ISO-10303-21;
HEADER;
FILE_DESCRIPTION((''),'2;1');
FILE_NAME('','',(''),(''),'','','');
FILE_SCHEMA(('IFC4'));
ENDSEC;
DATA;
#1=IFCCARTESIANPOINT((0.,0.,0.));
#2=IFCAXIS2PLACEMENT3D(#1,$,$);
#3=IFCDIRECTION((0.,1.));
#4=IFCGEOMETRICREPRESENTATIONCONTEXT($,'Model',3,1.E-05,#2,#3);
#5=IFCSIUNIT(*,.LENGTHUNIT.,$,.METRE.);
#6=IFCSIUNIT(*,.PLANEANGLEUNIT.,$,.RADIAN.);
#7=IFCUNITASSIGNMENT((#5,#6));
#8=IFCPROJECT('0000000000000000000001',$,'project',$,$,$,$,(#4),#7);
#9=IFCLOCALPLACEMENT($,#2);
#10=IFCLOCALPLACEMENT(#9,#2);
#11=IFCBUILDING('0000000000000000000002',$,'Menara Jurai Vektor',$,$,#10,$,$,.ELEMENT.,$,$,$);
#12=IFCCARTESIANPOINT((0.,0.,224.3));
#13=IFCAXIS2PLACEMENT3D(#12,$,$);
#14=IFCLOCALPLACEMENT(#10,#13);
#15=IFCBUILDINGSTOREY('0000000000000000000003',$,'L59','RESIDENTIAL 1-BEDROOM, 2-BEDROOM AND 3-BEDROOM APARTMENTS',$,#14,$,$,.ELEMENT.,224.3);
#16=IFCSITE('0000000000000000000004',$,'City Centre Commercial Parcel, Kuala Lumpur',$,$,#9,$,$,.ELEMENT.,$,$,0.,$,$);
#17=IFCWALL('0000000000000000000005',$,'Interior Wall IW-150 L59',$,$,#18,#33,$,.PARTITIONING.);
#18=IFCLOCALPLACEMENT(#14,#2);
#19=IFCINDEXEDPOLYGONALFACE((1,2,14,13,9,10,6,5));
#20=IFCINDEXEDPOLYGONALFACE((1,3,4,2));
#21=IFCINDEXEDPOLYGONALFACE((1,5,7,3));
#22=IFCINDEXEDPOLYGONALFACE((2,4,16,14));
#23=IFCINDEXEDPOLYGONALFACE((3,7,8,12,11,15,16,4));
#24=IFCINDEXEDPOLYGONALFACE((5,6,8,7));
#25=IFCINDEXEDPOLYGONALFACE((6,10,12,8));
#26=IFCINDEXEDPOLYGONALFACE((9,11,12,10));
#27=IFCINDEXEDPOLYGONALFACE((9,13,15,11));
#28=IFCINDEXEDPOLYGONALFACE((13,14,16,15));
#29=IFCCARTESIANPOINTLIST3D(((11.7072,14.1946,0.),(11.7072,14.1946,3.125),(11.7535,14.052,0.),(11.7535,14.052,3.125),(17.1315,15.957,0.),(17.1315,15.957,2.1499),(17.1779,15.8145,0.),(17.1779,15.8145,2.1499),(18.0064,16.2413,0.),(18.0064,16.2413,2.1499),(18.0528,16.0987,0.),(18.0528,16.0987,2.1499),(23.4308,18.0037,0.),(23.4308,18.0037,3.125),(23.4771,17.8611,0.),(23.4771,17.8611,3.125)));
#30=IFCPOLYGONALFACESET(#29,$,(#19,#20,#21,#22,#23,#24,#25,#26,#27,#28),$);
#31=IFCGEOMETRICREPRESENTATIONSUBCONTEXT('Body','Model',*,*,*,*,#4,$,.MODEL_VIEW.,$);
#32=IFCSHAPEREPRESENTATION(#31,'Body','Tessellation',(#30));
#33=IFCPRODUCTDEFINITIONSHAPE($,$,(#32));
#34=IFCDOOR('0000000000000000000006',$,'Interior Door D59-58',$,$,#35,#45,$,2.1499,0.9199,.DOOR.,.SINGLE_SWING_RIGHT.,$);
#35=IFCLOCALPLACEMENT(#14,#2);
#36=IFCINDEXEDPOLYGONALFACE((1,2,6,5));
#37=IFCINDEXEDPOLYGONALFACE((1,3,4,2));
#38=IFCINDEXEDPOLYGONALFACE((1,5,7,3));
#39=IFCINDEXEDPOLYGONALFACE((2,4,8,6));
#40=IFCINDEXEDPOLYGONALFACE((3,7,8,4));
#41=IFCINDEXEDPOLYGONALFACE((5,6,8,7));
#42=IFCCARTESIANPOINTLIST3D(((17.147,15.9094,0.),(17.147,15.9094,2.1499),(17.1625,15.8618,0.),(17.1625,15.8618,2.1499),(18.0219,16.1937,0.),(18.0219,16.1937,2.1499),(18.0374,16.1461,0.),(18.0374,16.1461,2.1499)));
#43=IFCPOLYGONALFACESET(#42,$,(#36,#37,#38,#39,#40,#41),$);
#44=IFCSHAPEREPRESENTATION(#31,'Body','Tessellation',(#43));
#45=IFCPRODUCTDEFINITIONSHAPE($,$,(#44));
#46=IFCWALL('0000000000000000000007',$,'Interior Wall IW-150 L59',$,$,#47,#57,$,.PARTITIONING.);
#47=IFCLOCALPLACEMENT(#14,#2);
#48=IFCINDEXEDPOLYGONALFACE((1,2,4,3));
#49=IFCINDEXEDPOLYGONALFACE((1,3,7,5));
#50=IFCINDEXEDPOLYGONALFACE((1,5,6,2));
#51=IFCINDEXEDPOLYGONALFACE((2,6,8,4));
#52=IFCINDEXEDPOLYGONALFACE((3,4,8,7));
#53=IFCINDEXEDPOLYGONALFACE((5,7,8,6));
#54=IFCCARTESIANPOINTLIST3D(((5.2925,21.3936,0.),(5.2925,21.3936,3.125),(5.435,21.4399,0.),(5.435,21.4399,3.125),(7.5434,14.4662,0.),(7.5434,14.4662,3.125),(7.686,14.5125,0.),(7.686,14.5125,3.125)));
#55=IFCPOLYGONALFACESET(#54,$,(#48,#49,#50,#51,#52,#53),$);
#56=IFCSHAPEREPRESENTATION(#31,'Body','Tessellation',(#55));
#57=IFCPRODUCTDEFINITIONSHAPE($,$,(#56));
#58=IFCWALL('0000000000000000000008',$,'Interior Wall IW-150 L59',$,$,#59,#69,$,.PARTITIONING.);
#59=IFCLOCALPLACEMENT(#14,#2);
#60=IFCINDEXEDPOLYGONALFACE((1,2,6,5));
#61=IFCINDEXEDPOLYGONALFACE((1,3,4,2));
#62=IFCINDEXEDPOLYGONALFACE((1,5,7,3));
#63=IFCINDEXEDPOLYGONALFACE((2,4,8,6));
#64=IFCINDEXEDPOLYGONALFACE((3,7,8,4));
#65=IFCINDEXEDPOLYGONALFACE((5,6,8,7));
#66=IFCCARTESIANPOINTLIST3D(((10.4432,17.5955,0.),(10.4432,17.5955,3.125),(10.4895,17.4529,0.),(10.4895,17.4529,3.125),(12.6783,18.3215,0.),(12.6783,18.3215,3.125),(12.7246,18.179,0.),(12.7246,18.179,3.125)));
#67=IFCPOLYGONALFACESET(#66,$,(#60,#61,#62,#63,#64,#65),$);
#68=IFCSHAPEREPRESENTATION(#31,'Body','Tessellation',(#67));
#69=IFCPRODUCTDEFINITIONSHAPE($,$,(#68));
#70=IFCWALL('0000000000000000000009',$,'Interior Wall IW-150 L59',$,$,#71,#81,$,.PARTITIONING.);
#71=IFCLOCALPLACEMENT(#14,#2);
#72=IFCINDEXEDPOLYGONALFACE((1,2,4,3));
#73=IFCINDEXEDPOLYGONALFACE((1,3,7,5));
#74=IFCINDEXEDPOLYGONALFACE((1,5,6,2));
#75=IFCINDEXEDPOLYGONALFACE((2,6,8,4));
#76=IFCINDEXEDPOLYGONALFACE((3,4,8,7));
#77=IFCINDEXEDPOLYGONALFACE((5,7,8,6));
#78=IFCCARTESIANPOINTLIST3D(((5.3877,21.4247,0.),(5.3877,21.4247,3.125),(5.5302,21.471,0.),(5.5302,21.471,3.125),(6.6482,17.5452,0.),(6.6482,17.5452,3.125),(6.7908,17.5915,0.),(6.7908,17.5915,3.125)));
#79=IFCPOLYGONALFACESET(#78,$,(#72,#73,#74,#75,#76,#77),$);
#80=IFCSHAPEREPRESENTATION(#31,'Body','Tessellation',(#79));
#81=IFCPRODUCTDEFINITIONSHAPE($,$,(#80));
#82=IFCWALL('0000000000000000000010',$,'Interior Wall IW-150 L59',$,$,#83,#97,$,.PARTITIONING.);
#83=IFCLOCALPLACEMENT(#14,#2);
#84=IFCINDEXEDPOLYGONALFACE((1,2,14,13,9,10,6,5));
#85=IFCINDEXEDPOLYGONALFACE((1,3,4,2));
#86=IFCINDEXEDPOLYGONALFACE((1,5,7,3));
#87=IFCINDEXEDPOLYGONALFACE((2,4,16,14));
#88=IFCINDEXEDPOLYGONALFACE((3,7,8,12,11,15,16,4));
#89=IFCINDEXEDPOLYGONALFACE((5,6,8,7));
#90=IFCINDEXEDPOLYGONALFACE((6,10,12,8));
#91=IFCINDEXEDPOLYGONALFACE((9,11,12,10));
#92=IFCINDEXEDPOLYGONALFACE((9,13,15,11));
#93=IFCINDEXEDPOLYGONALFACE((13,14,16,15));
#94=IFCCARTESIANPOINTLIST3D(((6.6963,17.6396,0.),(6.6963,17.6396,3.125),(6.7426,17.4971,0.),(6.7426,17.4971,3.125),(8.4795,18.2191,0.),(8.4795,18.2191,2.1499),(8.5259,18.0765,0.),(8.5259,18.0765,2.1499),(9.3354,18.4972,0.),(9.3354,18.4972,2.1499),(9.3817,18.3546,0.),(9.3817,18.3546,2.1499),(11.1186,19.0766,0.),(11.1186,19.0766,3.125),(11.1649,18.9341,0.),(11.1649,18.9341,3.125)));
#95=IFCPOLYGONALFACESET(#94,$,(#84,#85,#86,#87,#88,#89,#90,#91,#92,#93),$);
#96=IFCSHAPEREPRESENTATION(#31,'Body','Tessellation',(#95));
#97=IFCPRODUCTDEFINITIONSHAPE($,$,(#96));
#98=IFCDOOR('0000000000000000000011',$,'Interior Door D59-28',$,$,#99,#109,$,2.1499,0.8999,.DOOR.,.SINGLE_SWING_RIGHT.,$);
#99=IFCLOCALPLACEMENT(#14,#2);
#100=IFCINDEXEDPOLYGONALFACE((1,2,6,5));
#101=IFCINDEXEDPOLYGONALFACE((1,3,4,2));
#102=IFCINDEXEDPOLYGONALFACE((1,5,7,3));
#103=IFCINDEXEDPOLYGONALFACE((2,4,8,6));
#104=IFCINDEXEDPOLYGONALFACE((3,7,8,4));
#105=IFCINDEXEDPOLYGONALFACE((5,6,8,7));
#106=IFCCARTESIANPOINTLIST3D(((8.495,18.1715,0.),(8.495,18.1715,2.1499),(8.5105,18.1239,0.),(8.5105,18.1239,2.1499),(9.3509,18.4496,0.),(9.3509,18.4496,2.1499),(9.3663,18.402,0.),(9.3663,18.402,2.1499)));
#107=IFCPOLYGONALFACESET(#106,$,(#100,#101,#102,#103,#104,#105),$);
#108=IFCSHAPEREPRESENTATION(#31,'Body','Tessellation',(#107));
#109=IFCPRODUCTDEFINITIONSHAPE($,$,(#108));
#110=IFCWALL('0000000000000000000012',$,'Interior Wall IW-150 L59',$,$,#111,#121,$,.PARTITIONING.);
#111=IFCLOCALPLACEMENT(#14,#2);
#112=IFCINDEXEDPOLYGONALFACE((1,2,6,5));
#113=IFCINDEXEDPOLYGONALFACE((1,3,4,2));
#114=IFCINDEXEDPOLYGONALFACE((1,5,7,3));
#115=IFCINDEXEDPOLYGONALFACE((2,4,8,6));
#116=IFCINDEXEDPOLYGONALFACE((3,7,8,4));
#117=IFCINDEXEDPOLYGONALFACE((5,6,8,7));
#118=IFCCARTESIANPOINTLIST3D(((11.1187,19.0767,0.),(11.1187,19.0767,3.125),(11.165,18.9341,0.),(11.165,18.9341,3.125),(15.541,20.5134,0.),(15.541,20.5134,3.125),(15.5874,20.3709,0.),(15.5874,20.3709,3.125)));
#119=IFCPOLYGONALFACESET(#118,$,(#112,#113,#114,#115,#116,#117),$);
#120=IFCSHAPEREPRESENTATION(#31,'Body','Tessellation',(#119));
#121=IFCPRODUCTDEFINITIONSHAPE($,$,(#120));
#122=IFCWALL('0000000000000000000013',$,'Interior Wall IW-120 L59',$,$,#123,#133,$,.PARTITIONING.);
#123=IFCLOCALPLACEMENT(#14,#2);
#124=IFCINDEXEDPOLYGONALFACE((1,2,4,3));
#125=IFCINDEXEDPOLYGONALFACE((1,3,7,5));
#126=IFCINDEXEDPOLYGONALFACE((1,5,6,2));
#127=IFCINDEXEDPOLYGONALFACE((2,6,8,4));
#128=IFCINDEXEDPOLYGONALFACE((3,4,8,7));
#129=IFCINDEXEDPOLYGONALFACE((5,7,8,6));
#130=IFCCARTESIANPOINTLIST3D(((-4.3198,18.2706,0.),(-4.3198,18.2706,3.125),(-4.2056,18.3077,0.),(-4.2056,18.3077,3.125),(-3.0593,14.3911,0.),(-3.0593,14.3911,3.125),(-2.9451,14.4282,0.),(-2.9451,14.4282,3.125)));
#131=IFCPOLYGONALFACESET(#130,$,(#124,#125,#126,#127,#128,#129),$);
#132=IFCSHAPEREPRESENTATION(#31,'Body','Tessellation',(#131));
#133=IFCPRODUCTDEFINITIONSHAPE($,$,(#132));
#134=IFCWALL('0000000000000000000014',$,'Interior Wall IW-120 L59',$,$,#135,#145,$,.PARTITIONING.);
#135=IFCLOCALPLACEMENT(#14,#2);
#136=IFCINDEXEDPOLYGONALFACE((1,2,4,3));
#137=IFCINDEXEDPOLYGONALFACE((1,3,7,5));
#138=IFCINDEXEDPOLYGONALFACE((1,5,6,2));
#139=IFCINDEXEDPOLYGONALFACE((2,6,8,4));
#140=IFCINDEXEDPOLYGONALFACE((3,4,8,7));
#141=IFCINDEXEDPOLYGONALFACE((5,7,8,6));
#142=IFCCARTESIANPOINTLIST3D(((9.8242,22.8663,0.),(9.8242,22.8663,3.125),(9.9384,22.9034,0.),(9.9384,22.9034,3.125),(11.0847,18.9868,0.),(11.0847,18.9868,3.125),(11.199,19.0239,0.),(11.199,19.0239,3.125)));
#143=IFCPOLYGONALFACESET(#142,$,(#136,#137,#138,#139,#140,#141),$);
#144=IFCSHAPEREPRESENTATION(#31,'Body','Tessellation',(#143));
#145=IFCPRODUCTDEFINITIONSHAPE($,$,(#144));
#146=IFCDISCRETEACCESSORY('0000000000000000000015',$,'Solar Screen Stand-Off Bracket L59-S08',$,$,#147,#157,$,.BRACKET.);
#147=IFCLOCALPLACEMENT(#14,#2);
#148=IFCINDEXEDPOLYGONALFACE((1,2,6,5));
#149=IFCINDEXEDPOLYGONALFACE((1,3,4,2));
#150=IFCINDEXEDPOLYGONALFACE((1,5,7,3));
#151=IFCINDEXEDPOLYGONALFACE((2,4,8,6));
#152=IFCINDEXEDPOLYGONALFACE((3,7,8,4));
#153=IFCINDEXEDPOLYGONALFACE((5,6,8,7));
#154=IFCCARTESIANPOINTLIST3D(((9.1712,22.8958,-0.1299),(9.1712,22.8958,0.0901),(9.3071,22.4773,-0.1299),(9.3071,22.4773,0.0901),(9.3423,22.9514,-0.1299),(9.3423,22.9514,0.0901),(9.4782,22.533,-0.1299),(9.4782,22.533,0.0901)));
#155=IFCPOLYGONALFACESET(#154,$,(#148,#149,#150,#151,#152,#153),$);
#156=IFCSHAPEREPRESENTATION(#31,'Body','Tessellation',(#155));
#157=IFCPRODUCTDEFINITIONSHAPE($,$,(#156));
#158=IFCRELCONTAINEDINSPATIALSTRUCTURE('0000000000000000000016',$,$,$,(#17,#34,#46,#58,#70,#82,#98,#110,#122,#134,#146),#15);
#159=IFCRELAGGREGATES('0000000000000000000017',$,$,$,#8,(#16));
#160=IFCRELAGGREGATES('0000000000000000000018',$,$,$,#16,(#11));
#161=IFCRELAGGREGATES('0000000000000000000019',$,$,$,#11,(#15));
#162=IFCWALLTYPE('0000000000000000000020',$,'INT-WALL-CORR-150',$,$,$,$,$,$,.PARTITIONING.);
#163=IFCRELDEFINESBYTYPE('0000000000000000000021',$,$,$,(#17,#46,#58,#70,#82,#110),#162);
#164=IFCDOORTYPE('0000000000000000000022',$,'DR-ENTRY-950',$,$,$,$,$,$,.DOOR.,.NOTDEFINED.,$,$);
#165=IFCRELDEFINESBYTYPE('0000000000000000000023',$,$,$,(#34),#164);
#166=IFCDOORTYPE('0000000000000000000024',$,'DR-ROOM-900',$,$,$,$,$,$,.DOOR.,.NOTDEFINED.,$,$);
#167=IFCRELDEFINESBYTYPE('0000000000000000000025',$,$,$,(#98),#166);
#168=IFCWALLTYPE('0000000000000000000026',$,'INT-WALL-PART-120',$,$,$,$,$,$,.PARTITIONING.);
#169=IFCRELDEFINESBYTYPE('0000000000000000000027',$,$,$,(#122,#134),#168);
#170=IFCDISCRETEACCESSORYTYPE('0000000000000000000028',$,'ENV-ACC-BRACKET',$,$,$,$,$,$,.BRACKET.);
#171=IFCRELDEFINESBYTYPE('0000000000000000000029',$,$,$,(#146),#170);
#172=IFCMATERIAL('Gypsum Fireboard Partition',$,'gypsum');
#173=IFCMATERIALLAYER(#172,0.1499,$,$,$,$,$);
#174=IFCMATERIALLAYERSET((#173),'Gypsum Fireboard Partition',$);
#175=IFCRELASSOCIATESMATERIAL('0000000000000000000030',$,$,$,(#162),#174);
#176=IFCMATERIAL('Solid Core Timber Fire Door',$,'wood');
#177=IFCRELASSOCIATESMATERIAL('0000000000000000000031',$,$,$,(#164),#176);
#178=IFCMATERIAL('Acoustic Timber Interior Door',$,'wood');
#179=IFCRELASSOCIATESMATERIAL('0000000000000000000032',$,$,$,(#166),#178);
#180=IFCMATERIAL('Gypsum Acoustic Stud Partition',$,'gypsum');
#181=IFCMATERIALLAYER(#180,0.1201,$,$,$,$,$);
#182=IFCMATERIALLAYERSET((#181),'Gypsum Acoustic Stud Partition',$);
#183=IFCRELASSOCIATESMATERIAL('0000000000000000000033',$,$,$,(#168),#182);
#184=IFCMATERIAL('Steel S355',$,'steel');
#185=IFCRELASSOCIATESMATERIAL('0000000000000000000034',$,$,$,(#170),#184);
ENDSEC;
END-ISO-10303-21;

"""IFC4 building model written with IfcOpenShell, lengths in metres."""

from ifc_helpers import new_model, si_unit, direction, frame, frame_2d, origin, origin_2d, place, context, subcontext, project, spatial, rectangle, extrude, material, layer, layer_set, type_object, element, fill, save


model = new_model("IFC4")

# Units and contexts
model_context = context("Model", 3, precision=1e-05, world=origin(), true_north=direction((0.0, 1.0)))
body_context = subcontext(model_context, "Body", "Model", "MODEL_VIEW")
ifc_project = project(units=[si_unit("LENGTHUNIT", "METRE"), si_unit("PLANEANGLEUNIT", "RADIAN")], contexts=[model_context])

# Site, building, storey
site_placement = place(None, origin())
site = spatial("IfcSite", under=ifc_project, at=site_placement, Name="City Centre Commercial Parcel, Kuala Lumpur", CompositionType="ELEMENT", RefElevation=0.0)
building_placement = place(site_placement, origin())
building = spatial("IfcBuilding", under=site, at=building_placement, Name="Menara Jurai Vektor", CompositionType="ELEMENT")
storey_placement = place(building_placement, frame((0.0, 0.0, 224.3)))
storey = spatial("IfcBuildingStorey", under=building, at=storey_placement, Name="L59", Description="RESIDENTIAL 1-BEDROOM, 2-BEDROOM AND 3-BEDROOM APARTMENTS", CompositionType="ELEMENT", Elevation=224.3)

# Shared definitions
ifc_material_1 = material(Name="Steel S355", Category="steel")

# Shared definitions
ifc_material_2 = material(Name="Gypsum Fireboard Partition", Category="gypsum")
ifc_layer_1 = layer(ifc_material_2, 0.1499)
ifc_layer_set_1 = layer_set([ifc_layer_1], Name="Gypsum Fireboard Partition")
wall_type_1 = type_object("IfcWallType", Name="INT-WALL-CORR-150", PredefinedType="PARTITIONING", material=ifc_layer_set_1)

# Wall, opening, door
wall_1_placement = place(storey_placement, frame((11.7302, 14.1233, 0.0), z_axis=(0.0, 0.0, 1.0), x_axis=(0.95106, 0.309005, 0.0)))
wall_1 = element("IfcWall", 1, at=wall_1_placement, inside=storey, type_object=wall_type_1, Name="Interior Wall IW-150 L59", PredefinedType="PARTITIONING", context=body_context, shape_type="SweptSolid", body=[
    extrude(rectangle(XDim=12.3269, YDim=0.1499, at=frame_2d((6.1636, 0.0))), origin(), (0.0, 0.0, 1.0), 3.125),
])
opening_1_placement = place(wall_1_placement, frame((5.7036, 0.0, 0.0)))
opening_1 = element("IfcOpeningElement", 2, at=opening_1_placement, cuts=wall_1, PredefinedType="OPENING", context=body_context, shape_type="SweptSolid", body=[
    extrude(rectangle(XDim=0.9199, YDim=2.1499, at=frame_2d((0.46, 1.075))), frame((0.0, 0.085, 0.0), z_axis=(0.0, -1.0, 0.0), x_axis=(1.0, 0.0, 0.0)), (0.0, 0.0, 1.0), 0.1699),
])
ifc_material_3 = material(Name="Solid Core Timber Fire Door", Category="wood")
door_type_1 = type_object("IfcDoorType", Name="DR-ENTRY-950", OperationType="NOTDEFINED", PredefinedType="DOOR", material=ifc_material_3)
door_1_placement = place(opening_1_placement, origin())
door_1 = element("IfcDoor", 3, at=door_1_placement, inside=storey, type_object=door_type_1, Name="Interior Door D59-58", OperationType="SINGLE_SWING_RIGHT", OverallHeight=2.1499, OverallWidth=0.9199, PredefinedType="DOOR", context=body_context, shape_type="SweptSolid", body=[
    extrude(rectangle(XDim=0.9199, YDim=2.1499, at=frame_2d((0.46, 1.075))), frame((0.0, 0.0249, 0.0), z_axis=(0.0, -1.0, 0.0), x_axis=(1.0, 0.0, 0.0)), (0.0, 0.0, 1.0), 0.05),
])
fill(opening_1, door_1)
ifc_material_4 = material(Name="Acoustic Timber Interior Door", Category="wood")
door_type_2 = type_object("IfcDoorType", Name="DR-ROOM-900", OperationType="NOTDEFINED", PredefinedType="DOOR", material=ifc_material_4)

# Wall
wall_2_placement = place(storey_placement, frame((7.6147, 14.4893, 0.0), z_axis=(0.0, 0.0, 1.0), x_axis=(-0.309029, 0.951053, 0.0)))
element("IfcWall", 4, at=wall_2_placement, inside=storey, type_object=wall_type_1, Name="Interior Wall IW-150 L59", PredefinedType="PARTITIONING", context=body_context, shape_type="SweptSolid", body=[
    extrude(rectangle(XDim=7.2839, YDim=0.1499, at=frame_2d((3.6421, 0.0))), origin(), (0.0, 0.0, 1.0), 3.125),
])

# Walls
wall_3_placement = place(storey_placement, frame((10.4663, 17.5242, 0.0), z_axis=(0.0, 0.0, 1.0), x_axis=(0.951076, 0.308957, 0.0)))
element("IfcWall", 5, at=wall_3_placement, inside=storey, type_object=wall_type_1, Name="Interior Wall IW-150 L59", PredefinedType="PARTITIONING", context=body_context, shape_type="SweptSolid", body=[
    extrude(rectangle(XDim=2.3501, YDim=0.1499, at=frame_2d((1.175, 0.0))), origin(), (0.0, 0.0, 1.0), 3.125),
])
wall_4_placement = place(storey_placement, frame((6.7195, 17.5684, 0.0), z_axis=(0.0, 0.0, 1.0), x_axis=(-0.309018, 0.951056, 0.0)))
element("IfcWall", 6, at=wall_4_placement, inside=storey, type_object=wall_type_1, Name="Interior Wall IW-150 L59", PredefinedType="PARTITIONING", context=body_context, shape_type="SweptSolid", body=[
    extrude(rectangle(XDim=4.0791, YDim=0.1499, at=frame_2d((2.0396, 0.0))), origin(), (0.0, 0.0, 1.0), 3.125),
])

# Wall, opening, door
wall_5_placement = place(storey_placement, frame((6.7195, 17.5684, 0.0), z_axis=(0.0, 0.0, 1.0), x_axis=(0.95105, 0.309036, 0.0)))
wall_5 = element("IfcWall", 7, at=wall_5_placement, inside=storey, type_object=wall_type_1, Name="Interior Wall IW-150 L59", PredefinedType="PARTITIONING", context=body_context, shape_type="SweptSolid", body=[
    extrude(rectangle(XDim=4.6499, YDim=0.1499, at=frame_2d((2.325, 0.0))), origin(), (0.0, 0.0, 1.0), 3.125),
])
opening_2_placement = place(wall_5_placement, frame((1.875, 0.0, 0.0)))
opening_2 = element("IfcOpeningElement", 8, at=opening_2_placement, cuts=wall_5, PredefinedType="OPENING", context=body_context, shape_type="SweptSolid", body=[
    extrude(rectangle(XDim=0.8999, YDim=2.1499, at=frame_2d((0.45, 1.075))), frame((0.0, 0.085, 0.0), z_axis=(0.0, -1.0, 0.0), x_axis=(1.0, 0.0, 0.0)), (0.0, 0.0, 1.0), 0.1699),
])
door_2_placement = place(opening_2_placement, origin())
door_2 = element("IfcDoor", 9, at=door_2_placement, inside=storey, type_object=door_type_2, Name="Interior Door D59-28", OperationType="SINGLE_SWING_RIGHT", OverallHeight=2.1499, OverallWidth=0.8999, PredefinedType="DOOR", context=body_context, shape_type="SweptSolid", body=[
    extrude(rectangle(XDim=0.8999, YDim=2.1499, at=frame_2d((0.45, 1.075))), frame((0.0, 0.0249, 0.0), z_axis=(0.0, -1.0, 0.0), x_axis=(1.0, 0.0, 0.0)), (0.0, 0.0, 1.0), 0.05),
])
fill(opening_2, door_2)

# Walls
wall_6_placement = place(storey_placement, frame((11.1418, 19.0054, 0.0), z_axis=(0.0, 0.0, 1.0), x_axis=(0.951066, 0.308989, 0.0)))
element("IfcWall", 10, at=wall_6_placement, inside=storey, type_object=wall_type_1, Name="Interior Wall IW-150 L59", PredefinedType="PARTITIONING", context=body_context, shape_type="SweptSolid", body=[
    extrude(rectangle(XDim=4.6499, YDim=0.1499, at=frame_2d((2.325, 0.0))), origin(), (0.0, 0.0, 1.0), 3.125),
])
ifc_material_5 = material(Name="Gypsum Acoustic Stud Partition", Category="gypsum")
ifc_layer_2 = layer(ifc_material_5, 0.1201)
ifc_layer_set_2 = layer_set([ifc_layer_2], Name="Gypsum Acoustic Stud Partition")
wall_type_2 = type_object("IfcWallType", Name="INT-WALL-PART-120", PredefinedType="PARTITIONING", material=ifc_layer_set_2)
for number, where, z_axis, x_axis, name in (
    (11, (-3.0022, 14.4097, 0.0), (0.0, 0.0, 1.0), (-0.309018, 0.951056, 0.0), "Interior Wall IW-120 L59"),
    (12, (11.1418, 19.0054, 0.0), (0.0, 0.0, 1.0), (-0.309018, 0.951056, 0.0), "Interior Wall IW-120 L59"),
):
    element("IfcWall", number, at=place(storey_placement, frame(where, z_axis=z_axis, x_axis=x_axis)), inside=storey, type_object=wall_type_2, Name=name, PredefinedType="PARTITIONING", context=body_context, shape_type="SweptSolid", body=[
        extrude(rectangle(XDim=4.0791, YDim=0.1201, at=frame_2d((2.0396, 0.0))), origin(), (0.0, 0.0, 1.0), 3.125),
    ])

# Discrete accessory
discrete_accessory_type = type_object("IfcDiscreteAccessoryType", Name="ENV-ACC-BRACKET", PredefinedType="BRACKET", material=ifc_material_1)
discrete_accessory_placement = place(storey_placement, frame((9.3247, 22.7144, -0.1299), z_axis=(0.0, 0.0, 1.0), x_axis=(-0.951057, -0.309017, 0.0)))
element("IfcDiscreteAccessory", 13, at=discrete_accessory_placement, inside=storey, type_object=discrete_accessory_type, Name="Solar Screen Stand-Off Bracket L59-S08", PredefinedType="BRACKET", context=body_context, shape_type="SweptSolid", body=[
    extrude(rectangle(XDim=0.1799, YDim=0.4399, at=origin_2d()), origin(), (0.0, 0.0, 1.0), 0.22),
])

save(model, "model.ifc")
